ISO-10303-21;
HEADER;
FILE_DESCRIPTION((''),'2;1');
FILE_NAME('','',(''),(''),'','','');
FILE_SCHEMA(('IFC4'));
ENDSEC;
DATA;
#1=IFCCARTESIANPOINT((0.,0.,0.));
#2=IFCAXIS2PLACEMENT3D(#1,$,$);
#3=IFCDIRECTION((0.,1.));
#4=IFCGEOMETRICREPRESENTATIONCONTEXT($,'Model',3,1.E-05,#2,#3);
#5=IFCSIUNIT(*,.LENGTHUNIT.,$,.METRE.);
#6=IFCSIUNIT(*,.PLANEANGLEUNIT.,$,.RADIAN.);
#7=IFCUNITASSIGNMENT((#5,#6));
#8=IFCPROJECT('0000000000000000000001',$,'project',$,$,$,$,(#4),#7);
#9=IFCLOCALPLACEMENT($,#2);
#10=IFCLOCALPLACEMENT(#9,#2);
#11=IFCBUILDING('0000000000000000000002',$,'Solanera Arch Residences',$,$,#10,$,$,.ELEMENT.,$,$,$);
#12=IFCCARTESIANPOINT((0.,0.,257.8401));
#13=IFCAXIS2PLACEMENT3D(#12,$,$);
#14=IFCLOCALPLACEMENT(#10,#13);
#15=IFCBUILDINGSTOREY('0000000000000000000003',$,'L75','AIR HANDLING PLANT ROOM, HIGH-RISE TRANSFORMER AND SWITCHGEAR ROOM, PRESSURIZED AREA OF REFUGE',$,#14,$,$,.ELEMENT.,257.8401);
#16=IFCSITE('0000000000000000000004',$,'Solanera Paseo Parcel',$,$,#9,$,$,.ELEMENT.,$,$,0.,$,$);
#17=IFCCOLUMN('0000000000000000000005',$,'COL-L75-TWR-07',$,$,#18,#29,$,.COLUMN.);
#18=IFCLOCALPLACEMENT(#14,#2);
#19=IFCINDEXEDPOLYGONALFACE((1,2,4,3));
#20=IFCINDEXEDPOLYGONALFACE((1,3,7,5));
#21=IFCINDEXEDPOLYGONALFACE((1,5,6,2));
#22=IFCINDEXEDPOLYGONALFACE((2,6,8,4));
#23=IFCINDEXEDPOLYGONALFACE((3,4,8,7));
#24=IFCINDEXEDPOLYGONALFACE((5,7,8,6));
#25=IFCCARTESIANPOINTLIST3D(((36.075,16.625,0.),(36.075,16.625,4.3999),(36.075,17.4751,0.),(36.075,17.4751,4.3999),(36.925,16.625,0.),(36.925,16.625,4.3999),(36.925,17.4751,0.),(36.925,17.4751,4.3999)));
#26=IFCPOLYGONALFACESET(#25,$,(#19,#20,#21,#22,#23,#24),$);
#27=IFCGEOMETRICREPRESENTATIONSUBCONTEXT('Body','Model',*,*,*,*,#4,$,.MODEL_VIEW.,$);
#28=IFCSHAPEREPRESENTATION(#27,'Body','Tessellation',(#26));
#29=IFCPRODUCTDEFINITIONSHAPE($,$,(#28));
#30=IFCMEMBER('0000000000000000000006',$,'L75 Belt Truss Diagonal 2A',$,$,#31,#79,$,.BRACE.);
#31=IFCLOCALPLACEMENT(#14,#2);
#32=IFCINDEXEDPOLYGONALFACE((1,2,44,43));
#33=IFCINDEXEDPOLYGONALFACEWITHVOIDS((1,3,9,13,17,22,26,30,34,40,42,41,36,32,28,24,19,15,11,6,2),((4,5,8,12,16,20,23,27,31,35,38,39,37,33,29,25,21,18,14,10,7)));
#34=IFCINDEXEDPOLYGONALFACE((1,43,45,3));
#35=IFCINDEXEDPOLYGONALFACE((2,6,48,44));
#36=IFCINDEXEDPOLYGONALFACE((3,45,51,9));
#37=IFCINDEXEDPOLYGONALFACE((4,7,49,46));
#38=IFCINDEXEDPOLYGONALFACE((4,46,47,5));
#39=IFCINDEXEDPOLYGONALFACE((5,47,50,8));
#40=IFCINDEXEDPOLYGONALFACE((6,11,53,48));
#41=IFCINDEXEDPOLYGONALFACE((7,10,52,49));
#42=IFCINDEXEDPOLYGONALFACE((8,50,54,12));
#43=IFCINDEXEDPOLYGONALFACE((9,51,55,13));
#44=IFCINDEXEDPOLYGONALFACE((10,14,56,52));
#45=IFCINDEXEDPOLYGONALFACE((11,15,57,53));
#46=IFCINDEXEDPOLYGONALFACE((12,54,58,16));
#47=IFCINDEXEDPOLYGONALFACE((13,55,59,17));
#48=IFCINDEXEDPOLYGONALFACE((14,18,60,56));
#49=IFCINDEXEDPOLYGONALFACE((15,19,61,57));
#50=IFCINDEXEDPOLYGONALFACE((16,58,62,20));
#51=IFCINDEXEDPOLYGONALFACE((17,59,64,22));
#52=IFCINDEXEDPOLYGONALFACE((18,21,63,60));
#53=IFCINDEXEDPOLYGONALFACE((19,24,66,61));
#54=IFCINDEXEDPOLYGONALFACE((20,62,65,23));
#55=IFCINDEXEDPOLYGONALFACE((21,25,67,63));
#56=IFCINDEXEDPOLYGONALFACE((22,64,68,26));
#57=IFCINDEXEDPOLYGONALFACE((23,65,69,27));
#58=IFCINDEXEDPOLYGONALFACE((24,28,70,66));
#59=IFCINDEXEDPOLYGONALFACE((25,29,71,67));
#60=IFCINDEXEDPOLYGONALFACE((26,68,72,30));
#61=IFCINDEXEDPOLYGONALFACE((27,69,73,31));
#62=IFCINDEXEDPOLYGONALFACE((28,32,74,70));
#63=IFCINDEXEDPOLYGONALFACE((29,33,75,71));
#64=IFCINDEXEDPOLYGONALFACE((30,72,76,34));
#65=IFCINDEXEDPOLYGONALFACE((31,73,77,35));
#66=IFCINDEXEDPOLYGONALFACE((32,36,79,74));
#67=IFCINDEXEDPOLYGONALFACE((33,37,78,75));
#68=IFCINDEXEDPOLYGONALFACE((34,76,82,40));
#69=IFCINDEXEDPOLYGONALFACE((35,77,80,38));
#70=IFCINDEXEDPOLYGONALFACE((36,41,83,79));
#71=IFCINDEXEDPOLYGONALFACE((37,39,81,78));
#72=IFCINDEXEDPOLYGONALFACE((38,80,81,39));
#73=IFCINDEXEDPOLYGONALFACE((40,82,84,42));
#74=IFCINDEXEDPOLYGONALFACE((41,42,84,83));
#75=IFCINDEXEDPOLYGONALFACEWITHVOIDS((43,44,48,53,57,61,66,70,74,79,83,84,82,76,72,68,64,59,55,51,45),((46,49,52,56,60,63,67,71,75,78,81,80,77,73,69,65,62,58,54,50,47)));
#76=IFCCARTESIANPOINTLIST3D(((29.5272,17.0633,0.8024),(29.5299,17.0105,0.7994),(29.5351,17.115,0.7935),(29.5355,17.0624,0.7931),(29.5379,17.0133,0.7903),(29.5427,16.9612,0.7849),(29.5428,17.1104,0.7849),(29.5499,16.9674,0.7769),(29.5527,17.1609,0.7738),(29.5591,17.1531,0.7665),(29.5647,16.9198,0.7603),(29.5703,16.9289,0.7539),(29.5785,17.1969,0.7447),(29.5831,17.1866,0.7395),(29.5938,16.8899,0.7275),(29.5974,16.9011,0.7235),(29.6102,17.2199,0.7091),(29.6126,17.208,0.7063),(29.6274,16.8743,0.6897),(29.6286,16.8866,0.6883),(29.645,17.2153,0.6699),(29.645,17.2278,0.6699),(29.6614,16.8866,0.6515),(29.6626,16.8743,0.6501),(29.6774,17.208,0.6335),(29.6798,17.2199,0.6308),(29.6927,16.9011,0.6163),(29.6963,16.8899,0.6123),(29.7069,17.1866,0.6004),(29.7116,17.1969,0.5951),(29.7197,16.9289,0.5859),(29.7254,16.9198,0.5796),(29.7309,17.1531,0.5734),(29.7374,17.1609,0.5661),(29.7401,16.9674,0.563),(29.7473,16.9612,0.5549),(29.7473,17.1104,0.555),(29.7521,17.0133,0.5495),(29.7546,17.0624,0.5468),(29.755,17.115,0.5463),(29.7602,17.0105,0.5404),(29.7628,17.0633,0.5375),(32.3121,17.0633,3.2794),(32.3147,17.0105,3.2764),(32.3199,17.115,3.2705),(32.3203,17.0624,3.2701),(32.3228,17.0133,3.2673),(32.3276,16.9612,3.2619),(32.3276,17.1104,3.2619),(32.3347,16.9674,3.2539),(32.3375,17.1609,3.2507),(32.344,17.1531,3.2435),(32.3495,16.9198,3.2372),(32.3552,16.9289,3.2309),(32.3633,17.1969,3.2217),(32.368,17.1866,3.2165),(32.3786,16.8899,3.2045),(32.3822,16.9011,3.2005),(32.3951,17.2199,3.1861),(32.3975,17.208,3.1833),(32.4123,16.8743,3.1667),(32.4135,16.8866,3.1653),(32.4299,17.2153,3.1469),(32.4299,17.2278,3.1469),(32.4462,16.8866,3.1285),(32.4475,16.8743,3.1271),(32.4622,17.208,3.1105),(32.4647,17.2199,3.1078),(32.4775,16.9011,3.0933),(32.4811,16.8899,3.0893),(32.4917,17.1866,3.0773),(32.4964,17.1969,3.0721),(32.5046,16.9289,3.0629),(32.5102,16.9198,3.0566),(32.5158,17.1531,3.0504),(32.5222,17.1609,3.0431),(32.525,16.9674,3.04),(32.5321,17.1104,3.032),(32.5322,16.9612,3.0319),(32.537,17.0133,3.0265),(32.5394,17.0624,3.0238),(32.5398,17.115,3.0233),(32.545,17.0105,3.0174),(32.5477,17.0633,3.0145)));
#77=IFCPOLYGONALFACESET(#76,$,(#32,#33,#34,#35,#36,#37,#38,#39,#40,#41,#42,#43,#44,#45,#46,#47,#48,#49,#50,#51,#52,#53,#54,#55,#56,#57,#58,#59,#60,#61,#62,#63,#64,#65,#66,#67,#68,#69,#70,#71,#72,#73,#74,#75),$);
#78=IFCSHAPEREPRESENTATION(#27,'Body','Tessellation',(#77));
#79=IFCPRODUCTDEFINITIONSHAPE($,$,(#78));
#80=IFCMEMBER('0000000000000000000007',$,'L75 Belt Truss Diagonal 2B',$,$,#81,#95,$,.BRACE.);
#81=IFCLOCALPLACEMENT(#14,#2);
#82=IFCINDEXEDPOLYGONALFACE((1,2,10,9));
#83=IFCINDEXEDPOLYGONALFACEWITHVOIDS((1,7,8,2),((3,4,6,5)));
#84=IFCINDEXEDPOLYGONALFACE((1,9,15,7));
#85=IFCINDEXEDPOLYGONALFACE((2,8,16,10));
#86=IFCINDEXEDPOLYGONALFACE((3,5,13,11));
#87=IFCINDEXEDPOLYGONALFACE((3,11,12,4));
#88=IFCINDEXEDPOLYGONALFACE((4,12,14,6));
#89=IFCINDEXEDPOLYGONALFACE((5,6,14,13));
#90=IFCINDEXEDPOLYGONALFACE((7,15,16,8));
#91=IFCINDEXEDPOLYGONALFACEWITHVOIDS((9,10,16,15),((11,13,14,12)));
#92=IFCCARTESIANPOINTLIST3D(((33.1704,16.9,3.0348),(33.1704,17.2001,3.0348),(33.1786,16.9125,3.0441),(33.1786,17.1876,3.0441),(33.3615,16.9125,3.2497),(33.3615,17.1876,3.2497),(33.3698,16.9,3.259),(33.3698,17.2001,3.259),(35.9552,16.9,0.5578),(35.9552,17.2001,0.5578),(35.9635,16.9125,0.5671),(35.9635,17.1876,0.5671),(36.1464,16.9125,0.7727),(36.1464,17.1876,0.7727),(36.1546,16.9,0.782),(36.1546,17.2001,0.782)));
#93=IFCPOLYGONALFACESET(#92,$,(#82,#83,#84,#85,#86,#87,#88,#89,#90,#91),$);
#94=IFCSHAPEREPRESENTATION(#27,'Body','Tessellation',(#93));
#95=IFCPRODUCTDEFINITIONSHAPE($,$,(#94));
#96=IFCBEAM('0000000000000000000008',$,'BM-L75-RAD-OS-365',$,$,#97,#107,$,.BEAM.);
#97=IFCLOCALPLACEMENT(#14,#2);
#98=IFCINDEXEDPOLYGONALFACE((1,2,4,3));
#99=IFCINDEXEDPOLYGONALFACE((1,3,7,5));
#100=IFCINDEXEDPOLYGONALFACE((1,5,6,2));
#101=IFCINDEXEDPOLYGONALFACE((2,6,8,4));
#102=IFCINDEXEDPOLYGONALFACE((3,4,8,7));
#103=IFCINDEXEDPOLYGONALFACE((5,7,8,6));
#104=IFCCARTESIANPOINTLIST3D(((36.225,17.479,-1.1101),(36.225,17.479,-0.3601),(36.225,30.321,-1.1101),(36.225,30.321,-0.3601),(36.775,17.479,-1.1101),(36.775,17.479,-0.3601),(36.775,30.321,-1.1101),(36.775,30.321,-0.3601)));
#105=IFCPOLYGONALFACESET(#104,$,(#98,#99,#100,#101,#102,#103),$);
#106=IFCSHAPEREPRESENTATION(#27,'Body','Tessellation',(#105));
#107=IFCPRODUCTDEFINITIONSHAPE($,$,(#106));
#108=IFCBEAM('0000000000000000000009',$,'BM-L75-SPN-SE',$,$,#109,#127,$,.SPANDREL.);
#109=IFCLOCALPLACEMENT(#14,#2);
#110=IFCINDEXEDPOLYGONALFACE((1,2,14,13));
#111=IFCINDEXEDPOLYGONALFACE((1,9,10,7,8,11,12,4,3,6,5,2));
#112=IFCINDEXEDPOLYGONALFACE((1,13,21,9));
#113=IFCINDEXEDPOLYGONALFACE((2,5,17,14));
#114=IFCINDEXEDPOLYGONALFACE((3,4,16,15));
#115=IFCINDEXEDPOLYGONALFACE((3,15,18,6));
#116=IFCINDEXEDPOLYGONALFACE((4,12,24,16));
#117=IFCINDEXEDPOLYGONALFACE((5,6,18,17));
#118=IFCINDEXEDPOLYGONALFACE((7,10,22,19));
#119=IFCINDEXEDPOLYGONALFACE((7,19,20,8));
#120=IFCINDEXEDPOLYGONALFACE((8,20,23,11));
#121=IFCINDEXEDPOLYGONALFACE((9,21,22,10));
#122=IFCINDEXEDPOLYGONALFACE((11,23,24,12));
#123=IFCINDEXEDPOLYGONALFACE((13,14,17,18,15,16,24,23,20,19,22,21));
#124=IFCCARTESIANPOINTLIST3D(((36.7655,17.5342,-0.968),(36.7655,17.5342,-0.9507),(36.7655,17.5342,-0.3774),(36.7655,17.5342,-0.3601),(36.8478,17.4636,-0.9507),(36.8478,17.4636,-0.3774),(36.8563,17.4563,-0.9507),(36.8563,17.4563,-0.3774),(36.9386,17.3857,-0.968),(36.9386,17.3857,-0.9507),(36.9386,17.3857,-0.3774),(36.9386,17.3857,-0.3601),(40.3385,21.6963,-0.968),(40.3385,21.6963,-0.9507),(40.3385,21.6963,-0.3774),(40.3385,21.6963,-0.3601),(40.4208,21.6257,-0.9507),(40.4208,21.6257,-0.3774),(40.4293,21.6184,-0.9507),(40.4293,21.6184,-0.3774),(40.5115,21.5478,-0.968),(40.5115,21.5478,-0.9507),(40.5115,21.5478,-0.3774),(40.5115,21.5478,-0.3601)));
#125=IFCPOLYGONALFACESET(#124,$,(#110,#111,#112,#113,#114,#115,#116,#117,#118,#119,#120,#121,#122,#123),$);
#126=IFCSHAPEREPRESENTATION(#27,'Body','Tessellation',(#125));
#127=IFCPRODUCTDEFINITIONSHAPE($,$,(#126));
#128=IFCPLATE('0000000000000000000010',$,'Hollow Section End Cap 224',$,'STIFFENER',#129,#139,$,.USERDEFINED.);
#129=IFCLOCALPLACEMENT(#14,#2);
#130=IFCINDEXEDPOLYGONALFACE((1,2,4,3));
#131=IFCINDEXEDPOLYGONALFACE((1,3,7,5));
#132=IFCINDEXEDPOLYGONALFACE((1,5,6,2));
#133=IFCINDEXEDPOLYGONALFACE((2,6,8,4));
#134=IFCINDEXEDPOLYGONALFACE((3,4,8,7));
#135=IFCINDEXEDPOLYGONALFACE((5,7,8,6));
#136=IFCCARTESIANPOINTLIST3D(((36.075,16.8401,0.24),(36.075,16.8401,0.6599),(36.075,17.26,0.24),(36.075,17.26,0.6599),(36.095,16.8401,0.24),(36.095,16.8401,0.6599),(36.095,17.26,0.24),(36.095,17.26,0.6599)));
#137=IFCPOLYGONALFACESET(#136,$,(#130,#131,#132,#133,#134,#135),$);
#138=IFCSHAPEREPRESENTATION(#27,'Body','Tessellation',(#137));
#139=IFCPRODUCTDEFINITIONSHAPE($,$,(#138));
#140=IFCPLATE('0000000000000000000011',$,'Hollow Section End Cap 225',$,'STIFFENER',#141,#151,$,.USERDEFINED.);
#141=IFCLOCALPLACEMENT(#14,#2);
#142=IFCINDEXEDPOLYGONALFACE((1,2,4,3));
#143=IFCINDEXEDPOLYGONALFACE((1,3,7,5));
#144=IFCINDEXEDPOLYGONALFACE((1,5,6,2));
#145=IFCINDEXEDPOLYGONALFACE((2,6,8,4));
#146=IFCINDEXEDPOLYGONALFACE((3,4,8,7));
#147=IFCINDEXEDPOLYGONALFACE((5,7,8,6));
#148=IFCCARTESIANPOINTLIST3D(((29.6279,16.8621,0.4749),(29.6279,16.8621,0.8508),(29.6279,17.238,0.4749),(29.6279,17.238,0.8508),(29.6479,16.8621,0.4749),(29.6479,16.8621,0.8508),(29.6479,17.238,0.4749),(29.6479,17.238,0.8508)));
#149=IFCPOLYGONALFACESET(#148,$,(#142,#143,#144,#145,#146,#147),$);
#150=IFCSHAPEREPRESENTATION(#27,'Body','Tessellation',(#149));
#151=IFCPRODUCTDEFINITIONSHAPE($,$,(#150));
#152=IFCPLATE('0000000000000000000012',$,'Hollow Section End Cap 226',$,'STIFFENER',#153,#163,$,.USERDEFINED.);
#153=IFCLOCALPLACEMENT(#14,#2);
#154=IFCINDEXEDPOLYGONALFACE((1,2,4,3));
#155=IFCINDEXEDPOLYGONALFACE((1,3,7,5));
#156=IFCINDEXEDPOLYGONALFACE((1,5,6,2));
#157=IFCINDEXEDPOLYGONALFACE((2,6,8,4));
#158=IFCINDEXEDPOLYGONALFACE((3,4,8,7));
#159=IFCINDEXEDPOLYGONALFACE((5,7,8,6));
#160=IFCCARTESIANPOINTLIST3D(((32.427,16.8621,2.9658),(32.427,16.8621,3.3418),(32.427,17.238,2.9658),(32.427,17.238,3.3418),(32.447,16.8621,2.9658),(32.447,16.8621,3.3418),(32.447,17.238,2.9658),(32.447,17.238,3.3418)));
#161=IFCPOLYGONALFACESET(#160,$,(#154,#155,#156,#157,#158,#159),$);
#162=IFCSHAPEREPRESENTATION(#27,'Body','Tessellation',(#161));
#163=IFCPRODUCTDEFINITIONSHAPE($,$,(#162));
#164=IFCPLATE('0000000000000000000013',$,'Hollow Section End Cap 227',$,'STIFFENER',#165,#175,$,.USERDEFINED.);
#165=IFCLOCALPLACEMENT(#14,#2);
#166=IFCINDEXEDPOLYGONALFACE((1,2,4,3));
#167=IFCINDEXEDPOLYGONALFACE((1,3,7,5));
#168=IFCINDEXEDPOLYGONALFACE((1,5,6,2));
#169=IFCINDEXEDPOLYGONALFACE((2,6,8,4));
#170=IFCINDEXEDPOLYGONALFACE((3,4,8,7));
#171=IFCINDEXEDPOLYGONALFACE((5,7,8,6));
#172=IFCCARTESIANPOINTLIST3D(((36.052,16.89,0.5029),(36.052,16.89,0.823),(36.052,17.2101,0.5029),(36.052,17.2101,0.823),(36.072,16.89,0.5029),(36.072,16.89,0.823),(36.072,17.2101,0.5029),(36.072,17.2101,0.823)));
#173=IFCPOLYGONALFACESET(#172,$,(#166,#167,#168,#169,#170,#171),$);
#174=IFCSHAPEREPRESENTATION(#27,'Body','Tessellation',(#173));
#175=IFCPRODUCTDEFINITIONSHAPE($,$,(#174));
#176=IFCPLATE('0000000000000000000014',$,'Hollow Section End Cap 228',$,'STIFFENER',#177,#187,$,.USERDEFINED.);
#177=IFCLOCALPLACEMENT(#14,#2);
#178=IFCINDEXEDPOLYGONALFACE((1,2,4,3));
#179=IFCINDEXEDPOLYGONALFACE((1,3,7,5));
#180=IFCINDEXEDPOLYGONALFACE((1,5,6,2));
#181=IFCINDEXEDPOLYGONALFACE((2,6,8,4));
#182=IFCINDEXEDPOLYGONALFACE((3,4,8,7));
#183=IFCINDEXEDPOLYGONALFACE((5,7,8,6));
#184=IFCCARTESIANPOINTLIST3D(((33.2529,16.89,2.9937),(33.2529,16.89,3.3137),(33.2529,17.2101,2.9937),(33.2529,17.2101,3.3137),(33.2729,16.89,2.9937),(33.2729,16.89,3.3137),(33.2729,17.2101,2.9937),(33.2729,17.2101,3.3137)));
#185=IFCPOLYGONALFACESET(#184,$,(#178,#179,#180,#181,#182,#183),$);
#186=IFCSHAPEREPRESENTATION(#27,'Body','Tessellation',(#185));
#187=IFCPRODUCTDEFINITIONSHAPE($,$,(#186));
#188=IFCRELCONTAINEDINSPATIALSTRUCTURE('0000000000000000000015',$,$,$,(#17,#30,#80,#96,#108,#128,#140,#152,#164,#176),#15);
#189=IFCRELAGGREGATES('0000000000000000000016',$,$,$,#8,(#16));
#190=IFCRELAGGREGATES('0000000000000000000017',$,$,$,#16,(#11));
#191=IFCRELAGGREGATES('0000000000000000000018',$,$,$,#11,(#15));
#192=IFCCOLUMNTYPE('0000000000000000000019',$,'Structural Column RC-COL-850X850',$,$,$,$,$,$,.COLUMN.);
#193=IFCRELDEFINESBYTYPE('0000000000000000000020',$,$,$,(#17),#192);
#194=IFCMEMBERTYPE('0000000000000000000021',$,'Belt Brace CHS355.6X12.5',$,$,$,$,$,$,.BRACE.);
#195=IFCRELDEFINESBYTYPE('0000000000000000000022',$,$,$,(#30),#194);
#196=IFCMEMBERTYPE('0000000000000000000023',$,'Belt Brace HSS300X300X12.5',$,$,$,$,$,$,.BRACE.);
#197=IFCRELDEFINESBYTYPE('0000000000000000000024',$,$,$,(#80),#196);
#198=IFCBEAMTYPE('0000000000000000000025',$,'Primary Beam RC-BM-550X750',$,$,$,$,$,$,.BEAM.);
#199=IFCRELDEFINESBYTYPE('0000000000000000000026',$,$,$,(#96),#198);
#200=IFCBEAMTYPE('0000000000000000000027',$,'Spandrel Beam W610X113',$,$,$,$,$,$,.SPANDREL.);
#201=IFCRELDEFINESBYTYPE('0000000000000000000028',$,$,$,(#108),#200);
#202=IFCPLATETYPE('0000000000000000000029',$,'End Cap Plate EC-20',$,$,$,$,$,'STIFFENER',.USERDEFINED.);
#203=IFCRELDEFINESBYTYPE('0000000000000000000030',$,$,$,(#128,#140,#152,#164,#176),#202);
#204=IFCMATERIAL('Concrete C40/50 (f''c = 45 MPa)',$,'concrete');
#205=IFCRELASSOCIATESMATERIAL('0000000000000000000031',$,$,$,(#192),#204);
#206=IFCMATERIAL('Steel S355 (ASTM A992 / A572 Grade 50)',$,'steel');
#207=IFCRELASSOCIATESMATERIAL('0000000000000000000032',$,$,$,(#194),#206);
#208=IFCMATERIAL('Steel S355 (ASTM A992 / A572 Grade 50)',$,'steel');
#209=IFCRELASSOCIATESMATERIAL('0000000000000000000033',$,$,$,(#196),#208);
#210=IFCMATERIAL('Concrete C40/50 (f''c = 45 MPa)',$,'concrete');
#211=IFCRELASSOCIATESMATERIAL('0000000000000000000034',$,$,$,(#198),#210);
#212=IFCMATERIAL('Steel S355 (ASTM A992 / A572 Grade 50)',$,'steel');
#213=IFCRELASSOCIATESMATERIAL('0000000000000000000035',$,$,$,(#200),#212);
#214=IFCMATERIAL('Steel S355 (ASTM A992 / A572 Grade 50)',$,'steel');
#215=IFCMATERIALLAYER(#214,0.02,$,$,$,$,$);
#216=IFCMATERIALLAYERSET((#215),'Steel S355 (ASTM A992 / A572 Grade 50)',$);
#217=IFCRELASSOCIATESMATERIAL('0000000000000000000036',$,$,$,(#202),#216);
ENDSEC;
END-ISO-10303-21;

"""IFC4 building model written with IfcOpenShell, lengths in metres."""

from ifc_helpers import new_model, si_unit, direction, frame, origin, origin_2d, place, context, subcontext, project, spatial, rectangle, hollow_rectangle, hollow_circle, i_section, extrude, material, layer, layer_set, material_profile, profile_set, type_object, element, save


model = new_model("IFC4")

# Units and contexts
model_context = context("Model", 3, precision=1e-05, world=origin(), true_north=direction((0.0, 1.0)))
body_context = subcontext(model_context, "Body", "Model", "MODEL_VIEW")
ifc_project = project(units=[si_unit("LENGTHUNIT", "METRE"), si_unit("PLANEANGLEUNIT", "RADIAN")], contexts=[model_context])

# Site, building, storey
site_placement = place(None, origin())
site = spatial("IfcSite", under=ifc_project, at=site_placement, Name="Solanera Paseo Parcel", CompositionType="ELEMENT", RefElevation=0.0)
building_placement = place(site_placement, origin())
building = spatial("IfcBuilding", under=site, at=building_placement, Name="Solanera Arch Residences", CompositionType="ELEMENT")
storey_placement = place(building_placement, frame((0.0, 0.0, 257.8401)))
storey = spatial("IfcBuildingStorey", under=building, at=storey_placement, Name="L75", Description="AIR HANDLING PLANT ROOM, HIGH-RISE TRANSFORMER AND SWITCHGEAR ROOM, PRESSURIZED AREA OF REFUGE", CompositionType="ELEMENT", Elevation=257.8401)

# Column
ifc_material_1 = material(Name="Concrete C40/50 (f'c = 45 MPa)", Category="concrete")
ifc_material_profile_1 = material_profile(ifc_material_1, rectangle(XDim=0.8501, YDim=0.8501, at=origin_2d()))
ifc_profile_set_1 = profile_set([ifc_material_profile_1], Name="Concrete C40/50 (f'c = 45 MPa)")
column_type = type_object("IfcColumnType", Name="Structural Column RC-COL-850X850", PredefinedType="COLUMN", material=ifc_profile_set_1)
column_placement = place(storey_placement, frame((36.5, 17.05, 0.0), z_axis=(0.0, 0.0, 1.0), x_axis=(1.0, 0.0, 0.0)))
element("IfcColumn", 1, at=column_placement, inside=storey, type_object=column_type, Name="COL-L75-TWR-07", PredefinedType="COLUMN", context=body_context, shape_type="SweptSolid", body=[
    extrude(rectangle(XDim=0.8501, YDim=0.8501, at=origin_2d()), origin(), (0.0, 0.0, 1.0), 4.3999),
])

# Members
ifc_material_2 = material(Name="Steel S355 (ASTM A992 / A572 Grade 50)", Category="steel")
ifc_material_profile_2 = material_profile(ifc_material_2, hollow_circle(Radius=0.1777, WallThickness=0.0125, at=origin_2d()))
ifc_profile_set_2 = profile_set([ifc_material_profile_2], Name="Steel S355 (ASTM A992 / A572 Grade 50)")
member_type_1 = type_object("IfcMemberType", Name="Belt Brace CHS355.6X12.5", PredefinedType="BRACE", material=ifc_profile_set_2)
member_1_placement = place(storey_placement, frame((29.645, 17.05, 0.6699), z_axis=(0.7472, 0.0, 0.6646), x_axis=(0.0, 1.0, 0.0)))
element("IfcMember", 2, at=member_1_placement, inside=storey, type_object=member_type_1, Name="L75 Belt Truss Diagonal 2A", PredefinedType="BRACE", context=body_context, shape_type="SweptSolid", body=[
    extrude(hollow_circle(Radius=0.1777, WallThickness=0.0125, at=origin_2d()), origin(), (0.0, 0.0, 1.0), 3.7271),
])
ifc_material_3 = material(Name="Steel S355 (ASTM A992 / A572 Grade 50)", Category="steel")
ifc_material_profile_3 = material_profile(ifc_material_3, hollow_rectangle(XDim=0.3, YDim=0.3, WallThickness=0.0125, at=origin_2d()))
ifc_profile_set_3 = profile_set([ifc_material_profile_3], Name="Steel S355 (ASTM A992 / A572 Grade 50)")
member_type_2 = type_object("IfcMemberType", Name="Belt Brace HSS300X300X12.5", PredefinedType="BRACE", material=ifc_profile_set_3)
member_2_placement = place(storey_placement, frame((36.0549, 17.05, 0.6699), z_axis=(-0.7472, 0.0, 0.6646), x_axis=(0.0, -1.0, 0.0)))
element("IfcMember", 3, at=member_2_placement, inside=storey, type_object=member_type_2, Name="L75 Belt Truss Diagonal 2B", PredefinedType="BRACE", context=body_context, shape_type="SweptSolid", body=[
    extrude(hollow_rectangle(XDim=0.3, YDim=0.3, WallThickness=0.0125, at=origin_2d()), origin(), (0.0, 0.0, 1.0), 3.7271),
])

# Beams
ifc_material_4 = material(Name="Concrete C40/50 (f'c = 45 MPa)", Category="concrete")
ifc_material_profile_4 = material_profile(ifc_material_4, rectangle(XDim=0.55, YDim=0.75, at=origin_2d()))
ifc_profile_set_4 = profile_set([ifc_material_profile_4], Name="Concrete C40/50 (f'c = 45 MPa)")
beam_type_1 = type_object("IfcBeamType", Name="Primary Beam RC-BM-550X750", PredefinedType="BEAM", material=ifc_profile_set_4)
beam_1_placement = place(storey_placement, frame((36.5, 17.479, -0.7351), z_axis=(0.0, 1.0, 0.0), x_axis=(-1.0, 0.0, 0.0)))
element("IfcBeam", 4, at=beam_1_placement, inside=storey, type_object=beam_type_1, Name="BM-L75-RAD-OS-365", PredefinedType="BEAM", context=body_context, shape_type="SweptSolid", body=[
    extrude(rectangle(XDim=0.55, YDim=0.75, at=origin_2d()), origin(), (0.0, 0.0, 1.0), 12.842),
])
ifc_material_5 = material(Name="Steel S355 (ASTM A992 / A572 Grade 50)", Category="steel")
ifc_material_profile_5 = material_profile(ifc_material_5, i_section(OverallWidth=0.228, OverallDepth=0.6079, WebThickness=0.0112, FlangeThickness=0.0173, at=origin_2d()))
ifc_profile_set_5 = profile_set([ifc_material_profile_5], Name="Steel S355 (ASTM A992 / A572 Grade 50)")
beam_type_2 = type_object("IfcBeamType", Name="Spandrel Beam W610X113", PredefinedType="SPANDREL", material=ifc_profile_set_5)
beam_2_placement = place(storey_placement, frame((36.8521, 17.46, -0.6641), z_axis=(0.651367, 0.758763, 0.0), x_axis=(-0.758763, 0.651367, 0.0)))
element("IfcBeam", 5, at=beam_2_placement, inside=storey, type_object=beam_type_2, Name="BM-L75-SPN-SE", PredefinedType="SPANDREL", context=body_context, shape_type="SweptSolid", body=[
    extrude(i_section(OverallWidth=0.228, OverallDepth=0.6079, WebThickness=0.0112, FlangeThickness=0.0173, at=origin_2d()), origin(), (0.0, 0.0, 1.0), 5.4854),
])

# Plates
ifc_material_6 = material(Name="Steel S355 (ASTM A992 / A572 Grade 50)", Category="steel")
ifc_layer_1 = layer(ifc_material_6, 0.02)
ifc_layer_set_1 = layer_set([ifc_layer_1], Name="Steel S355 (ASTM A992 / A572 Grade 50)")
plate_type_1 = type_object("IfcPlateType", Name="End Cap Plate EC-20", ElementType="STIFFENER", PredefinedType="USERDEFINED", material=ifc_layer_set_1)
plate_1_placement = place(storey_placement, frame((36.085, 17.05, 0.24), z_axis=(0.0, 0.0, 1.0), x_axis=(1.0, 0.0, 0.0)))
element("IfcPlate", 6, at=plate_1_placement, inside=storey, type_object=plate_type_1, Name="Hollow Section End Cap 224", ObjectType="STIFFENER", PredefinedType="USERDEFINED", context=body_context, shape_type="SweptSolid", body=[
    extrude(rectangle(XDim=0.02, YDim=0.4199, at=origin_2d()), origin(), (0.0, 0.0, 1.0), 0.4199),
])
for number, where, z_axis, x_axis, name in (
    (7, (29.6379, 17.05, 0.4749), (0.0, 0.0, 1.0), (-1.0, 0.0, 0.0), "Hollow Section End Cap 225"),
    (8, (32.437, 17.05, 2.9658), (0.0, 0.0, 1.0), (1.0, 0.0, 0.0), "Hollow Section End Cap 226"),
):
    element("IfcPlate", number, at=place(storey_placement, frame(where, z_axis=z_axis, x_axis=x_axis)), inside=storey, type_object=plate_type_1, Name=name, ObjectType="STIFFENER", PredefinedType="USERDEFINED", context=body_context, shape_type="SweptSolid", body=[
        extrude(rectangle(XDim=0.02, YDim=0.376, at=origin_2d()), origin(), (0.0, 0.0, 1.0), 0.376),
    ])
for number, where, z_axis, x_axis, name in (
    (9, (36.062, 17.05, 0.5029), (0.0, 0.0, 1.0), (1.0, 0.0, 0.0), "Hollow Section End Cap 227"),
    (10, (33.2629, 17.05, 2.9937), (0.0, 0.0, 1.0), (-1.0, 0.0, 0.0), "Hollow Section End Cap 228"),
):
    element("IfcPlate", number, at=place(storey_placement, frame(where, z_axis=z_axis, x_axis=x_axis)), inside=storey, type_object=plate_type_1, Name=name, ObjectType="STIFFENER", PredefinedType="USERDEFINED", context=body_context, shape_type="SweptSolid", body=[
        extrude(rectangle(XDim=0.02, YDim=0.3201, at=origin_2d()), origin(), (0.0, 0.0, 1.0), 0.3201),
    ])

save(model, "model.ifc")
